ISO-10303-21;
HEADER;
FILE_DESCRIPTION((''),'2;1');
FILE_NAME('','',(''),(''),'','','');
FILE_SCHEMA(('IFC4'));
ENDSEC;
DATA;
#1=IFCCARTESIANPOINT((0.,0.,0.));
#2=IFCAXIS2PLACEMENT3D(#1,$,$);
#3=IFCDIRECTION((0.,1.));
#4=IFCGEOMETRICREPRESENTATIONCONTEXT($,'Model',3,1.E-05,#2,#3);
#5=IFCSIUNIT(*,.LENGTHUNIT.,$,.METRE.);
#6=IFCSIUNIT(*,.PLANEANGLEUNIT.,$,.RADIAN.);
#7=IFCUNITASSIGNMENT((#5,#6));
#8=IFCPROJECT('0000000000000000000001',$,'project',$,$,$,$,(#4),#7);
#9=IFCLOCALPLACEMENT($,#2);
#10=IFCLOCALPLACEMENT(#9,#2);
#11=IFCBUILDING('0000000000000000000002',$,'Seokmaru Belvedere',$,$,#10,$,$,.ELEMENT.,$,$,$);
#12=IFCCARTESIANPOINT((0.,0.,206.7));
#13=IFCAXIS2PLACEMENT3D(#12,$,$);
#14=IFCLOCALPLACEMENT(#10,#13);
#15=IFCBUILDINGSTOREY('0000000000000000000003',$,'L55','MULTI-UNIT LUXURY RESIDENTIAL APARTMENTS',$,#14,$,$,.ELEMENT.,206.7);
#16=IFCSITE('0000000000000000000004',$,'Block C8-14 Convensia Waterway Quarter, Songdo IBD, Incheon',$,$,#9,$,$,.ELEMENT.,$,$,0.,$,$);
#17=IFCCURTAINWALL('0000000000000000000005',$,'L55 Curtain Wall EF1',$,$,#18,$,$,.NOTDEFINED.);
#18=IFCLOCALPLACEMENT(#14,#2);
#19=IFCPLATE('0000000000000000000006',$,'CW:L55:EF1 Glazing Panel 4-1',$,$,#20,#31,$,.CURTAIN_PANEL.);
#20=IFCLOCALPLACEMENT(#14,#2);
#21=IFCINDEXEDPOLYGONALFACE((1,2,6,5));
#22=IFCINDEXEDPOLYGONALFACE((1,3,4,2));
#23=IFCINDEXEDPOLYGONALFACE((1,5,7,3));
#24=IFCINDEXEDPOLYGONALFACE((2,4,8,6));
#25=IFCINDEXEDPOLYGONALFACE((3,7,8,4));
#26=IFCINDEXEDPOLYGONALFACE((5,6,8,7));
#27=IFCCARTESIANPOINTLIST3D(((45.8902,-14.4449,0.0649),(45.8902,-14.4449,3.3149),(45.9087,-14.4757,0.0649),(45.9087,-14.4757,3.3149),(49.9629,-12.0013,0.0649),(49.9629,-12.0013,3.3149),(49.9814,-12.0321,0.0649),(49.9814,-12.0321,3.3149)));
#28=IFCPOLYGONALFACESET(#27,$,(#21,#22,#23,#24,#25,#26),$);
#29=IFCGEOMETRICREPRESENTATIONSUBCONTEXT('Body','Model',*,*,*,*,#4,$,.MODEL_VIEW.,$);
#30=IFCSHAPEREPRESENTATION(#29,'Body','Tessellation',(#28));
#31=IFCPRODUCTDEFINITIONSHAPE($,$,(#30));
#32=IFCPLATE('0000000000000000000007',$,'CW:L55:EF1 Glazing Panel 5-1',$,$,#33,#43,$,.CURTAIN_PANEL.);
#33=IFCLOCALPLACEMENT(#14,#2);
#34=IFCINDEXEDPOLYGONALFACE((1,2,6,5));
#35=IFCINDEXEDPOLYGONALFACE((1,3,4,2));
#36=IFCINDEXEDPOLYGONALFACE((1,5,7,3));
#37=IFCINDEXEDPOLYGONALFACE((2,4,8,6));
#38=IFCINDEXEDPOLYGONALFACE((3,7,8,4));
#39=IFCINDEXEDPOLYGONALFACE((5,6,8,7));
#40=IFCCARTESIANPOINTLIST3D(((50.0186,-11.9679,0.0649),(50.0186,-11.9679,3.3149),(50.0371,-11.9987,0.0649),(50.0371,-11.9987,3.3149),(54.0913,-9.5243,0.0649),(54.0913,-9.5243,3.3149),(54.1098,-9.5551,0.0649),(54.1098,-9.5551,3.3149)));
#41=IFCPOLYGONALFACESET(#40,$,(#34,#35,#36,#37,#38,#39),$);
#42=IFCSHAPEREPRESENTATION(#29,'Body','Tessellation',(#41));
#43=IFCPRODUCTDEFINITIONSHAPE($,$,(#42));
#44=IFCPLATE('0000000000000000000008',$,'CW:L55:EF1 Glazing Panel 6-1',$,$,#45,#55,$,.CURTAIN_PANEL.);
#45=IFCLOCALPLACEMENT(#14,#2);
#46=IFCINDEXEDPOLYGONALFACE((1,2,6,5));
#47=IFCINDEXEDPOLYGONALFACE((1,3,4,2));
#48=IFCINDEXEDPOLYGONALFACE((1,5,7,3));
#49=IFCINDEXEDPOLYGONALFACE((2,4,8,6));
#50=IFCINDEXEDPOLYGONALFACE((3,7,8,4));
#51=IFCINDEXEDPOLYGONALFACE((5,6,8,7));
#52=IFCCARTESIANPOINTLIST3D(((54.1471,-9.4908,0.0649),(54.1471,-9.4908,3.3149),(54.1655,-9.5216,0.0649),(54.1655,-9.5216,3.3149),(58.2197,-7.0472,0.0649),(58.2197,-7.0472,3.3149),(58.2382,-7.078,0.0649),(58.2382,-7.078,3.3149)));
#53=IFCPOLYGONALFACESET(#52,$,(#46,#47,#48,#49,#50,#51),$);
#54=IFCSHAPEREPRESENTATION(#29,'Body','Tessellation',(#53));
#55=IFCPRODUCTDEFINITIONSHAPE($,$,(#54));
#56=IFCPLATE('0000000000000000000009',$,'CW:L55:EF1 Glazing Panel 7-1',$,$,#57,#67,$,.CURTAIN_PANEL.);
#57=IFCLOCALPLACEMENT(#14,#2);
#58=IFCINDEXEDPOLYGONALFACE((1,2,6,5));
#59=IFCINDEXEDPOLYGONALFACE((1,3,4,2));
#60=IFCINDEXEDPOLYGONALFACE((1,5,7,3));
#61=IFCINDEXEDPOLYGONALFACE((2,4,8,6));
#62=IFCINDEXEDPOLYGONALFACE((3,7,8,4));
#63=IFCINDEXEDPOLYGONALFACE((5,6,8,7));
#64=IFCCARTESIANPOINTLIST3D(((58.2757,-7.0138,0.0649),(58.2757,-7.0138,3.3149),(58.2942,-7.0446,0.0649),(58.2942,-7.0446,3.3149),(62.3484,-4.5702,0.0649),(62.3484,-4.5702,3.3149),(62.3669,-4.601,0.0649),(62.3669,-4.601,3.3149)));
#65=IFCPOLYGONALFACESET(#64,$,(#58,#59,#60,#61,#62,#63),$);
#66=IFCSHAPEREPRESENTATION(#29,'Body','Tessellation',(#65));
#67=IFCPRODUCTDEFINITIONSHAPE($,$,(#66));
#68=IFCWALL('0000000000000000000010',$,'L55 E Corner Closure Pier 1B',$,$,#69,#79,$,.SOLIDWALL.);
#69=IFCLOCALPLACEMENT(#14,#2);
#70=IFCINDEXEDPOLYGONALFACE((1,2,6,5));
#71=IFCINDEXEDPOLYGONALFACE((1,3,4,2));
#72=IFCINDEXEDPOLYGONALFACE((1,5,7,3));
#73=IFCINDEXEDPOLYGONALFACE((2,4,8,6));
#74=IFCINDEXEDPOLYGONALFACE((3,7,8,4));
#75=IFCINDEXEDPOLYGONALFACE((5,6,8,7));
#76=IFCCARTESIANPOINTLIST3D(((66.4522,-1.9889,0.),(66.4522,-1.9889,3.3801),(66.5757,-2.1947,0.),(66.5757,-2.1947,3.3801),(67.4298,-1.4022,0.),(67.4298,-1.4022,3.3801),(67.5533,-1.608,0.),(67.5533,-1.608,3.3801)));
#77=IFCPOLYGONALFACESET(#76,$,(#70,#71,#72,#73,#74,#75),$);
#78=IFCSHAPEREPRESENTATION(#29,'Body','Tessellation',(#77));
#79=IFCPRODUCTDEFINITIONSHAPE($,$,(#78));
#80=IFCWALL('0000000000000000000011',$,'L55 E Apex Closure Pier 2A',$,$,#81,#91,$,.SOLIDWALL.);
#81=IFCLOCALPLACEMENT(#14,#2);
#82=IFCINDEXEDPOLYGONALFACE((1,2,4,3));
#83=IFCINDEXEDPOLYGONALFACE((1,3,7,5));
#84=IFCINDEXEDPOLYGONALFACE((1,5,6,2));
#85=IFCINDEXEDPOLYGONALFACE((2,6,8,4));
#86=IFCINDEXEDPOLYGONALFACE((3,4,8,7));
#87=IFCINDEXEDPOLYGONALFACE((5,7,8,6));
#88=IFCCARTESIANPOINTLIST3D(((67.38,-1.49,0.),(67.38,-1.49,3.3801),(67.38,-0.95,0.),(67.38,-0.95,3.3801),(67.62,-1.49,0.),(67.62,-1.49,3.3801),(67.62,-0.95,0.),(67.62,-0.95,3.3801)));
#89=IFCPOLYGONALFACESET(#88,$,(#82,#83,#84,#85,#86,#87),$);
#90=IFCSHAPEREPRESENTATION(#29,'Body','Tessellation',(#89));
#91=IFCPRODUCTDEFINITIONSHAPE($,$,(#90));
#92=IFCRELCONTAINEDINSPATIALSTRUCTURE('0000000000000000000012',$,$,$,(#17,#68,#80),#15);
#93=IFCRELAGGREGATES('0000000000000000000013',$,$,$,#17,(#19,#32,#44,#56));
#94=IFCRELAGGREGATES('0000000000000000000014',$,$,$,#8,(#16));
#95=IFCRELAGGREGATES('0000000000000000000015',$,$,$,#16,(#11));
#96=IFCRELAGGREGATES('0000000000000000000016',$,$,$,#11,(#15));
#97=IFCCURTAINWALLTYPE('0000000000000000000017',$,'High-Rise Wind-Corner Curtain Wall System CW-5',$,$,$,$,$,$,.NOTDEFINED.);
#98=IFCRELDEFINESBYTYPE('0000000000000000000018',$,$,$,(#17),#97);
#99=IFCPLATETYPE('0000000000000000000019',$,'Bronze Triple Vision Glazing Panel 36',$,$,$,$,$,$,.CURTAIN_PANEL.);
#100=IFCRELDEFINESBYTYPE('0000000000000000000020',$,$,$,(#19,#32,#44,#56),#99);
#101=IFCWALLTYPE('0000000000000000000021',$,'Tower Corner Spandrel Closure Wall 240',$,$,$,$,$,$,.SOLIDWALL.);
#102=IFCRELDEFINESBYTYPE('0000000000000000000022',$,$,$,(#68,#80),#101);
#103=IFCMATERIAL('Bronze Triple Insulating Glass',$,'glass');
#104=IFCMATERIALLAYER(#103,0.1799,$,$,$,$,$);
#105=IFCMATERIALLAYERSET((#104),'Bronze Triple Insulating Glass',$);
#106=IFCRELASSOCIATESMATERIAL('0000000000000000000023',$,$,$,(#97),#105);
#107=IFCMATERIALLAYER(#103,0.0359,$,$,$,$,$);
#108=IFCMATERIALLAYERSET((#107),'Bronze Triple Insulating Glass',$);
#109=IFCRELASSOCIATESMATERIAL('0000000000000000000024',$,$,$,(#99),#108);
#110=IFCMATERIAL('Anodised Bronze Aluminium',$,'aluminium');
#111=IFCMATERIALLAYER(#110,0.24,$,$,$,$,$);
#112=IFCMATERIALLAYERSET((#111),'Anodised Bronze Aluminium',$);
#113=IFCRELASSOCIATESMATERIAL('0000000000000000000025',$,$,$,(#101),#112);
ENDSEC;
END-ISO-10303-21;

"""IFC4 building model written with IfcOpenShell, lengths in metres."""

from ifc_helpers import new_model, si_unit, direction, frame, frame_2d, origin, origin_2d, place, context, subcontext, project, spatial, rectangle, extrude, source, transform, mapped, material, layer, layer_set, type_object, element, aggregate, save


model = new_model("IFC4")

# Units and contexts
model_context = context("Model", 3, precision=1e-05, world=origin(), true_north=direction((0.0, 1.0)))
body_context = subcontext(model_context, "Body", "Model", "MODEL_VIEW")
ifc_project = project(units=[si_unit("LENGTHUNIT", "METRE"), si_unit("PLANEANGLEUNIT", "RADIAN")], contexts=[model_context])

# Site, building, storey
site_placement = place(None, origin())
site = spatial("IfcSite", under=ifc_project, at=site_placement, Name="Block C8-14 Convensia Waterway Quarter, Songdo IBD, Incheon", CompositionType="ELEMENT", RefElevation=0.0)
building_placement = place(site_placement, origin())
building = spatial("IfcBuilding", under=site, at=building_placement, Name="Seokmaru Belvedere", CompositionType="ELEMENT")
storey_placement = place(building_placement, frame((0.0, 0.0, 206.7)))
storey = spatial("IfcBuildingStorey", under=building, at=storey_placement, Name="L55", Description="MULTI-UNIT LUXURY RESIDENTIAL APARTMENTS", CompositionType="ELEMENT", Elevation=206.7)

# Curtain wall, plates
ifc_material_1 = material(Name="Bronze Triple Insulating Glass", Category="glass")
ifc_layer_1 = layer(ifc_material_1, 0.1799)
ifc_layer_set_1 = layer_set([ifc_layer_1], Name="Bronze Triple Insulating Glass")
curtain_wall_type = type_object("IfcCurtainWallType", Name="High-Rise Wind-Corner Curtain Wall System CW-5", PredefinedType="NOTDEFINED", material=ifc_layer_set_1)
curtain_wall_placement = place(storey_placement, origin())
curtain_wall = element("IfcCurtainWall", 1, at=curtain_wall_placement, inside=storey, type_object=curtain_wall_type, Name="L55 Curtain Wall EF1", PredefinedType="NOTDEFINED")
ifc_material_2 = material(Name="Anodised Bronze Aluminium", Category="aluminium")
ifc_layer_2 = layer(ifc_material_1, 0.0359)
ifc_layer_set_2 = layer_set([ifc_layer_2], Name="Bronze Triple Insulating Glass")
plate_type = type_object("IfcPlateType", Name="Bronze Triple Vision Glazing Panel 36", PredefinedType="CURTAIN_PANEL", material=ifc_layer_set_2)
shared_shape_1 = source(origin(), body_context, "Body", "SweptSolid", [
    extrude(rectangle(XDim=4.7495, YDim=0.0359, at=origin_2d()), origin(), (0.0, 0.0, 1.0), 3.25),
])
plate_1_placement = place(storey_placement, frame((47.9358, -13.2385, 0.0649), z_axis=(0.0, 0.0, 1.0), x_axis=(0.857493, 0.514495, 0.0)))
plate_1 = element("IfcPlate", 2, at=plate_1_placement, type_object=plate_type, Name="CW:L55:EF1 Glazing Panel 4-1", PredefinedType="CURTAIN_PANEL", context=body_context, shape_type="MappedRepresentation", body=[
    mapped(shared_shape_1, transform((0.0, 0.0, 0.0), scale=1.0)),
])
plate_2_placement = place(storey_placement, frame((52.0642, -10.7615, 0.0649), z_axis=(0.0, 0.0, 1.0), x_axis=(0.857493, 0.514495, 0.0)))
plate_2 = element("IfcPlate", 3, at=plate_2_placement, type_object=plate_type, Name="CW:L55:EF1 Glazing Panel 5-1", PredefinedType="CURTAIN_PANEL", context=body_context, shape_type="MappedRepresentation", body=[
    mapped(shared_shape_1, transform((0.0, 0.0, 0.0), scale=1.0)),
])
plate_3_placement = place(storey_placement, frame((56.1926, -8.2844, 0.0649), z_axis=(0.0, 0.0, 1.0), x_axis=(0.857493, 0.514495, 0.0)))
plate_3 = element("IfcPlate", 4, at=plate_3_placement, type_object=plate_type, Name="CW:L55:EF1 Glazing Panel 6-1", PredefinedType="CURTAIN_PANEL", context=body_context, shape_type="MappedRepresentation", body=[
    mapped(shared_shape_1, transform((0.0, 0.0, 0.0), scale=1.0)),
])
plate_4_placement = place(storey_placement, frame((60.3213, -5.8074, 0.0649), z_axis=(0.0, 0.0, 1.0), x_axis=(0.857493, 0.514495, 0.0)))
plate_4 = element("IfcPlate", 5, at=plate_4_placement, type_object=plate_type, Name="CW:L55:EF1 Glazing Panel 7-1", PredefinedType="CURTAIN_PANEL", context=body_context, shape_type="MappedRepresentation", body=[
    mapped(shared_shape_1, transform((0.0, 0.0, 0.0), scale=1.0)),
])
aggregate(curtain_wall, [plate_1, plate_2, plate_3, plate_4])

# Walls
ifc_layer_3 = layer(ifc_material_2, 0.24)
ifc_layer_set_3 = layer_set([ifc_layer_3], Name="Anodised Bronze Aluminium")
wall_type_1 = type_object("IfcWallType", Name="Tower Corner Spandrel Closure Wall 240", PredefinedType="SOLIDWALL", material=ifc_layer_set_3)
wall_1_placement = place(storey_placement, frame((66.5139, -2.0918, 0.0), z_axis=(0.0, 0.0, 1.0), x_axis=(0.857436, 0.51459, 0.0)))
element("IfcWall", 6, at=wall_1_placement, inside=storey, type_object=wall_type_1, Name="L55 E Corner Closure Pier 1B", PredefinedType="SOLIDWALL", context=body_context, shape_type="SweptSolid", body=[
    extrude(rectangle(XDim=1.1401, YDim=0.24, at=frame_2d((0.5701, 0.0))), origin(), (0.0, 0.0, 1.0), 3.3801),
])
wall_2_placement = place(storey_placement, frame((67.5, -1.49, 0.0), z_axis=(0.0, 0.0, 1.0), x_axis=(0.0, 1.0, 0.0)))
element("IfcWall", 7, at=wall_2_placement, inside=storey, type_object=wall_type_1, Name="L55 E Apex Closure Pier 2A", PredefinedType="SOLIDWALL", context=body_context, shape_type="SweptSolid", body=[
    extrude(rectangle(XDim=0.54, YDim=0.24, at=frame_2d((0.27, 0.0))), origin(), (0.0, 0.0, 1.0), 3.3801),
])

save(model, "model.ifc")
